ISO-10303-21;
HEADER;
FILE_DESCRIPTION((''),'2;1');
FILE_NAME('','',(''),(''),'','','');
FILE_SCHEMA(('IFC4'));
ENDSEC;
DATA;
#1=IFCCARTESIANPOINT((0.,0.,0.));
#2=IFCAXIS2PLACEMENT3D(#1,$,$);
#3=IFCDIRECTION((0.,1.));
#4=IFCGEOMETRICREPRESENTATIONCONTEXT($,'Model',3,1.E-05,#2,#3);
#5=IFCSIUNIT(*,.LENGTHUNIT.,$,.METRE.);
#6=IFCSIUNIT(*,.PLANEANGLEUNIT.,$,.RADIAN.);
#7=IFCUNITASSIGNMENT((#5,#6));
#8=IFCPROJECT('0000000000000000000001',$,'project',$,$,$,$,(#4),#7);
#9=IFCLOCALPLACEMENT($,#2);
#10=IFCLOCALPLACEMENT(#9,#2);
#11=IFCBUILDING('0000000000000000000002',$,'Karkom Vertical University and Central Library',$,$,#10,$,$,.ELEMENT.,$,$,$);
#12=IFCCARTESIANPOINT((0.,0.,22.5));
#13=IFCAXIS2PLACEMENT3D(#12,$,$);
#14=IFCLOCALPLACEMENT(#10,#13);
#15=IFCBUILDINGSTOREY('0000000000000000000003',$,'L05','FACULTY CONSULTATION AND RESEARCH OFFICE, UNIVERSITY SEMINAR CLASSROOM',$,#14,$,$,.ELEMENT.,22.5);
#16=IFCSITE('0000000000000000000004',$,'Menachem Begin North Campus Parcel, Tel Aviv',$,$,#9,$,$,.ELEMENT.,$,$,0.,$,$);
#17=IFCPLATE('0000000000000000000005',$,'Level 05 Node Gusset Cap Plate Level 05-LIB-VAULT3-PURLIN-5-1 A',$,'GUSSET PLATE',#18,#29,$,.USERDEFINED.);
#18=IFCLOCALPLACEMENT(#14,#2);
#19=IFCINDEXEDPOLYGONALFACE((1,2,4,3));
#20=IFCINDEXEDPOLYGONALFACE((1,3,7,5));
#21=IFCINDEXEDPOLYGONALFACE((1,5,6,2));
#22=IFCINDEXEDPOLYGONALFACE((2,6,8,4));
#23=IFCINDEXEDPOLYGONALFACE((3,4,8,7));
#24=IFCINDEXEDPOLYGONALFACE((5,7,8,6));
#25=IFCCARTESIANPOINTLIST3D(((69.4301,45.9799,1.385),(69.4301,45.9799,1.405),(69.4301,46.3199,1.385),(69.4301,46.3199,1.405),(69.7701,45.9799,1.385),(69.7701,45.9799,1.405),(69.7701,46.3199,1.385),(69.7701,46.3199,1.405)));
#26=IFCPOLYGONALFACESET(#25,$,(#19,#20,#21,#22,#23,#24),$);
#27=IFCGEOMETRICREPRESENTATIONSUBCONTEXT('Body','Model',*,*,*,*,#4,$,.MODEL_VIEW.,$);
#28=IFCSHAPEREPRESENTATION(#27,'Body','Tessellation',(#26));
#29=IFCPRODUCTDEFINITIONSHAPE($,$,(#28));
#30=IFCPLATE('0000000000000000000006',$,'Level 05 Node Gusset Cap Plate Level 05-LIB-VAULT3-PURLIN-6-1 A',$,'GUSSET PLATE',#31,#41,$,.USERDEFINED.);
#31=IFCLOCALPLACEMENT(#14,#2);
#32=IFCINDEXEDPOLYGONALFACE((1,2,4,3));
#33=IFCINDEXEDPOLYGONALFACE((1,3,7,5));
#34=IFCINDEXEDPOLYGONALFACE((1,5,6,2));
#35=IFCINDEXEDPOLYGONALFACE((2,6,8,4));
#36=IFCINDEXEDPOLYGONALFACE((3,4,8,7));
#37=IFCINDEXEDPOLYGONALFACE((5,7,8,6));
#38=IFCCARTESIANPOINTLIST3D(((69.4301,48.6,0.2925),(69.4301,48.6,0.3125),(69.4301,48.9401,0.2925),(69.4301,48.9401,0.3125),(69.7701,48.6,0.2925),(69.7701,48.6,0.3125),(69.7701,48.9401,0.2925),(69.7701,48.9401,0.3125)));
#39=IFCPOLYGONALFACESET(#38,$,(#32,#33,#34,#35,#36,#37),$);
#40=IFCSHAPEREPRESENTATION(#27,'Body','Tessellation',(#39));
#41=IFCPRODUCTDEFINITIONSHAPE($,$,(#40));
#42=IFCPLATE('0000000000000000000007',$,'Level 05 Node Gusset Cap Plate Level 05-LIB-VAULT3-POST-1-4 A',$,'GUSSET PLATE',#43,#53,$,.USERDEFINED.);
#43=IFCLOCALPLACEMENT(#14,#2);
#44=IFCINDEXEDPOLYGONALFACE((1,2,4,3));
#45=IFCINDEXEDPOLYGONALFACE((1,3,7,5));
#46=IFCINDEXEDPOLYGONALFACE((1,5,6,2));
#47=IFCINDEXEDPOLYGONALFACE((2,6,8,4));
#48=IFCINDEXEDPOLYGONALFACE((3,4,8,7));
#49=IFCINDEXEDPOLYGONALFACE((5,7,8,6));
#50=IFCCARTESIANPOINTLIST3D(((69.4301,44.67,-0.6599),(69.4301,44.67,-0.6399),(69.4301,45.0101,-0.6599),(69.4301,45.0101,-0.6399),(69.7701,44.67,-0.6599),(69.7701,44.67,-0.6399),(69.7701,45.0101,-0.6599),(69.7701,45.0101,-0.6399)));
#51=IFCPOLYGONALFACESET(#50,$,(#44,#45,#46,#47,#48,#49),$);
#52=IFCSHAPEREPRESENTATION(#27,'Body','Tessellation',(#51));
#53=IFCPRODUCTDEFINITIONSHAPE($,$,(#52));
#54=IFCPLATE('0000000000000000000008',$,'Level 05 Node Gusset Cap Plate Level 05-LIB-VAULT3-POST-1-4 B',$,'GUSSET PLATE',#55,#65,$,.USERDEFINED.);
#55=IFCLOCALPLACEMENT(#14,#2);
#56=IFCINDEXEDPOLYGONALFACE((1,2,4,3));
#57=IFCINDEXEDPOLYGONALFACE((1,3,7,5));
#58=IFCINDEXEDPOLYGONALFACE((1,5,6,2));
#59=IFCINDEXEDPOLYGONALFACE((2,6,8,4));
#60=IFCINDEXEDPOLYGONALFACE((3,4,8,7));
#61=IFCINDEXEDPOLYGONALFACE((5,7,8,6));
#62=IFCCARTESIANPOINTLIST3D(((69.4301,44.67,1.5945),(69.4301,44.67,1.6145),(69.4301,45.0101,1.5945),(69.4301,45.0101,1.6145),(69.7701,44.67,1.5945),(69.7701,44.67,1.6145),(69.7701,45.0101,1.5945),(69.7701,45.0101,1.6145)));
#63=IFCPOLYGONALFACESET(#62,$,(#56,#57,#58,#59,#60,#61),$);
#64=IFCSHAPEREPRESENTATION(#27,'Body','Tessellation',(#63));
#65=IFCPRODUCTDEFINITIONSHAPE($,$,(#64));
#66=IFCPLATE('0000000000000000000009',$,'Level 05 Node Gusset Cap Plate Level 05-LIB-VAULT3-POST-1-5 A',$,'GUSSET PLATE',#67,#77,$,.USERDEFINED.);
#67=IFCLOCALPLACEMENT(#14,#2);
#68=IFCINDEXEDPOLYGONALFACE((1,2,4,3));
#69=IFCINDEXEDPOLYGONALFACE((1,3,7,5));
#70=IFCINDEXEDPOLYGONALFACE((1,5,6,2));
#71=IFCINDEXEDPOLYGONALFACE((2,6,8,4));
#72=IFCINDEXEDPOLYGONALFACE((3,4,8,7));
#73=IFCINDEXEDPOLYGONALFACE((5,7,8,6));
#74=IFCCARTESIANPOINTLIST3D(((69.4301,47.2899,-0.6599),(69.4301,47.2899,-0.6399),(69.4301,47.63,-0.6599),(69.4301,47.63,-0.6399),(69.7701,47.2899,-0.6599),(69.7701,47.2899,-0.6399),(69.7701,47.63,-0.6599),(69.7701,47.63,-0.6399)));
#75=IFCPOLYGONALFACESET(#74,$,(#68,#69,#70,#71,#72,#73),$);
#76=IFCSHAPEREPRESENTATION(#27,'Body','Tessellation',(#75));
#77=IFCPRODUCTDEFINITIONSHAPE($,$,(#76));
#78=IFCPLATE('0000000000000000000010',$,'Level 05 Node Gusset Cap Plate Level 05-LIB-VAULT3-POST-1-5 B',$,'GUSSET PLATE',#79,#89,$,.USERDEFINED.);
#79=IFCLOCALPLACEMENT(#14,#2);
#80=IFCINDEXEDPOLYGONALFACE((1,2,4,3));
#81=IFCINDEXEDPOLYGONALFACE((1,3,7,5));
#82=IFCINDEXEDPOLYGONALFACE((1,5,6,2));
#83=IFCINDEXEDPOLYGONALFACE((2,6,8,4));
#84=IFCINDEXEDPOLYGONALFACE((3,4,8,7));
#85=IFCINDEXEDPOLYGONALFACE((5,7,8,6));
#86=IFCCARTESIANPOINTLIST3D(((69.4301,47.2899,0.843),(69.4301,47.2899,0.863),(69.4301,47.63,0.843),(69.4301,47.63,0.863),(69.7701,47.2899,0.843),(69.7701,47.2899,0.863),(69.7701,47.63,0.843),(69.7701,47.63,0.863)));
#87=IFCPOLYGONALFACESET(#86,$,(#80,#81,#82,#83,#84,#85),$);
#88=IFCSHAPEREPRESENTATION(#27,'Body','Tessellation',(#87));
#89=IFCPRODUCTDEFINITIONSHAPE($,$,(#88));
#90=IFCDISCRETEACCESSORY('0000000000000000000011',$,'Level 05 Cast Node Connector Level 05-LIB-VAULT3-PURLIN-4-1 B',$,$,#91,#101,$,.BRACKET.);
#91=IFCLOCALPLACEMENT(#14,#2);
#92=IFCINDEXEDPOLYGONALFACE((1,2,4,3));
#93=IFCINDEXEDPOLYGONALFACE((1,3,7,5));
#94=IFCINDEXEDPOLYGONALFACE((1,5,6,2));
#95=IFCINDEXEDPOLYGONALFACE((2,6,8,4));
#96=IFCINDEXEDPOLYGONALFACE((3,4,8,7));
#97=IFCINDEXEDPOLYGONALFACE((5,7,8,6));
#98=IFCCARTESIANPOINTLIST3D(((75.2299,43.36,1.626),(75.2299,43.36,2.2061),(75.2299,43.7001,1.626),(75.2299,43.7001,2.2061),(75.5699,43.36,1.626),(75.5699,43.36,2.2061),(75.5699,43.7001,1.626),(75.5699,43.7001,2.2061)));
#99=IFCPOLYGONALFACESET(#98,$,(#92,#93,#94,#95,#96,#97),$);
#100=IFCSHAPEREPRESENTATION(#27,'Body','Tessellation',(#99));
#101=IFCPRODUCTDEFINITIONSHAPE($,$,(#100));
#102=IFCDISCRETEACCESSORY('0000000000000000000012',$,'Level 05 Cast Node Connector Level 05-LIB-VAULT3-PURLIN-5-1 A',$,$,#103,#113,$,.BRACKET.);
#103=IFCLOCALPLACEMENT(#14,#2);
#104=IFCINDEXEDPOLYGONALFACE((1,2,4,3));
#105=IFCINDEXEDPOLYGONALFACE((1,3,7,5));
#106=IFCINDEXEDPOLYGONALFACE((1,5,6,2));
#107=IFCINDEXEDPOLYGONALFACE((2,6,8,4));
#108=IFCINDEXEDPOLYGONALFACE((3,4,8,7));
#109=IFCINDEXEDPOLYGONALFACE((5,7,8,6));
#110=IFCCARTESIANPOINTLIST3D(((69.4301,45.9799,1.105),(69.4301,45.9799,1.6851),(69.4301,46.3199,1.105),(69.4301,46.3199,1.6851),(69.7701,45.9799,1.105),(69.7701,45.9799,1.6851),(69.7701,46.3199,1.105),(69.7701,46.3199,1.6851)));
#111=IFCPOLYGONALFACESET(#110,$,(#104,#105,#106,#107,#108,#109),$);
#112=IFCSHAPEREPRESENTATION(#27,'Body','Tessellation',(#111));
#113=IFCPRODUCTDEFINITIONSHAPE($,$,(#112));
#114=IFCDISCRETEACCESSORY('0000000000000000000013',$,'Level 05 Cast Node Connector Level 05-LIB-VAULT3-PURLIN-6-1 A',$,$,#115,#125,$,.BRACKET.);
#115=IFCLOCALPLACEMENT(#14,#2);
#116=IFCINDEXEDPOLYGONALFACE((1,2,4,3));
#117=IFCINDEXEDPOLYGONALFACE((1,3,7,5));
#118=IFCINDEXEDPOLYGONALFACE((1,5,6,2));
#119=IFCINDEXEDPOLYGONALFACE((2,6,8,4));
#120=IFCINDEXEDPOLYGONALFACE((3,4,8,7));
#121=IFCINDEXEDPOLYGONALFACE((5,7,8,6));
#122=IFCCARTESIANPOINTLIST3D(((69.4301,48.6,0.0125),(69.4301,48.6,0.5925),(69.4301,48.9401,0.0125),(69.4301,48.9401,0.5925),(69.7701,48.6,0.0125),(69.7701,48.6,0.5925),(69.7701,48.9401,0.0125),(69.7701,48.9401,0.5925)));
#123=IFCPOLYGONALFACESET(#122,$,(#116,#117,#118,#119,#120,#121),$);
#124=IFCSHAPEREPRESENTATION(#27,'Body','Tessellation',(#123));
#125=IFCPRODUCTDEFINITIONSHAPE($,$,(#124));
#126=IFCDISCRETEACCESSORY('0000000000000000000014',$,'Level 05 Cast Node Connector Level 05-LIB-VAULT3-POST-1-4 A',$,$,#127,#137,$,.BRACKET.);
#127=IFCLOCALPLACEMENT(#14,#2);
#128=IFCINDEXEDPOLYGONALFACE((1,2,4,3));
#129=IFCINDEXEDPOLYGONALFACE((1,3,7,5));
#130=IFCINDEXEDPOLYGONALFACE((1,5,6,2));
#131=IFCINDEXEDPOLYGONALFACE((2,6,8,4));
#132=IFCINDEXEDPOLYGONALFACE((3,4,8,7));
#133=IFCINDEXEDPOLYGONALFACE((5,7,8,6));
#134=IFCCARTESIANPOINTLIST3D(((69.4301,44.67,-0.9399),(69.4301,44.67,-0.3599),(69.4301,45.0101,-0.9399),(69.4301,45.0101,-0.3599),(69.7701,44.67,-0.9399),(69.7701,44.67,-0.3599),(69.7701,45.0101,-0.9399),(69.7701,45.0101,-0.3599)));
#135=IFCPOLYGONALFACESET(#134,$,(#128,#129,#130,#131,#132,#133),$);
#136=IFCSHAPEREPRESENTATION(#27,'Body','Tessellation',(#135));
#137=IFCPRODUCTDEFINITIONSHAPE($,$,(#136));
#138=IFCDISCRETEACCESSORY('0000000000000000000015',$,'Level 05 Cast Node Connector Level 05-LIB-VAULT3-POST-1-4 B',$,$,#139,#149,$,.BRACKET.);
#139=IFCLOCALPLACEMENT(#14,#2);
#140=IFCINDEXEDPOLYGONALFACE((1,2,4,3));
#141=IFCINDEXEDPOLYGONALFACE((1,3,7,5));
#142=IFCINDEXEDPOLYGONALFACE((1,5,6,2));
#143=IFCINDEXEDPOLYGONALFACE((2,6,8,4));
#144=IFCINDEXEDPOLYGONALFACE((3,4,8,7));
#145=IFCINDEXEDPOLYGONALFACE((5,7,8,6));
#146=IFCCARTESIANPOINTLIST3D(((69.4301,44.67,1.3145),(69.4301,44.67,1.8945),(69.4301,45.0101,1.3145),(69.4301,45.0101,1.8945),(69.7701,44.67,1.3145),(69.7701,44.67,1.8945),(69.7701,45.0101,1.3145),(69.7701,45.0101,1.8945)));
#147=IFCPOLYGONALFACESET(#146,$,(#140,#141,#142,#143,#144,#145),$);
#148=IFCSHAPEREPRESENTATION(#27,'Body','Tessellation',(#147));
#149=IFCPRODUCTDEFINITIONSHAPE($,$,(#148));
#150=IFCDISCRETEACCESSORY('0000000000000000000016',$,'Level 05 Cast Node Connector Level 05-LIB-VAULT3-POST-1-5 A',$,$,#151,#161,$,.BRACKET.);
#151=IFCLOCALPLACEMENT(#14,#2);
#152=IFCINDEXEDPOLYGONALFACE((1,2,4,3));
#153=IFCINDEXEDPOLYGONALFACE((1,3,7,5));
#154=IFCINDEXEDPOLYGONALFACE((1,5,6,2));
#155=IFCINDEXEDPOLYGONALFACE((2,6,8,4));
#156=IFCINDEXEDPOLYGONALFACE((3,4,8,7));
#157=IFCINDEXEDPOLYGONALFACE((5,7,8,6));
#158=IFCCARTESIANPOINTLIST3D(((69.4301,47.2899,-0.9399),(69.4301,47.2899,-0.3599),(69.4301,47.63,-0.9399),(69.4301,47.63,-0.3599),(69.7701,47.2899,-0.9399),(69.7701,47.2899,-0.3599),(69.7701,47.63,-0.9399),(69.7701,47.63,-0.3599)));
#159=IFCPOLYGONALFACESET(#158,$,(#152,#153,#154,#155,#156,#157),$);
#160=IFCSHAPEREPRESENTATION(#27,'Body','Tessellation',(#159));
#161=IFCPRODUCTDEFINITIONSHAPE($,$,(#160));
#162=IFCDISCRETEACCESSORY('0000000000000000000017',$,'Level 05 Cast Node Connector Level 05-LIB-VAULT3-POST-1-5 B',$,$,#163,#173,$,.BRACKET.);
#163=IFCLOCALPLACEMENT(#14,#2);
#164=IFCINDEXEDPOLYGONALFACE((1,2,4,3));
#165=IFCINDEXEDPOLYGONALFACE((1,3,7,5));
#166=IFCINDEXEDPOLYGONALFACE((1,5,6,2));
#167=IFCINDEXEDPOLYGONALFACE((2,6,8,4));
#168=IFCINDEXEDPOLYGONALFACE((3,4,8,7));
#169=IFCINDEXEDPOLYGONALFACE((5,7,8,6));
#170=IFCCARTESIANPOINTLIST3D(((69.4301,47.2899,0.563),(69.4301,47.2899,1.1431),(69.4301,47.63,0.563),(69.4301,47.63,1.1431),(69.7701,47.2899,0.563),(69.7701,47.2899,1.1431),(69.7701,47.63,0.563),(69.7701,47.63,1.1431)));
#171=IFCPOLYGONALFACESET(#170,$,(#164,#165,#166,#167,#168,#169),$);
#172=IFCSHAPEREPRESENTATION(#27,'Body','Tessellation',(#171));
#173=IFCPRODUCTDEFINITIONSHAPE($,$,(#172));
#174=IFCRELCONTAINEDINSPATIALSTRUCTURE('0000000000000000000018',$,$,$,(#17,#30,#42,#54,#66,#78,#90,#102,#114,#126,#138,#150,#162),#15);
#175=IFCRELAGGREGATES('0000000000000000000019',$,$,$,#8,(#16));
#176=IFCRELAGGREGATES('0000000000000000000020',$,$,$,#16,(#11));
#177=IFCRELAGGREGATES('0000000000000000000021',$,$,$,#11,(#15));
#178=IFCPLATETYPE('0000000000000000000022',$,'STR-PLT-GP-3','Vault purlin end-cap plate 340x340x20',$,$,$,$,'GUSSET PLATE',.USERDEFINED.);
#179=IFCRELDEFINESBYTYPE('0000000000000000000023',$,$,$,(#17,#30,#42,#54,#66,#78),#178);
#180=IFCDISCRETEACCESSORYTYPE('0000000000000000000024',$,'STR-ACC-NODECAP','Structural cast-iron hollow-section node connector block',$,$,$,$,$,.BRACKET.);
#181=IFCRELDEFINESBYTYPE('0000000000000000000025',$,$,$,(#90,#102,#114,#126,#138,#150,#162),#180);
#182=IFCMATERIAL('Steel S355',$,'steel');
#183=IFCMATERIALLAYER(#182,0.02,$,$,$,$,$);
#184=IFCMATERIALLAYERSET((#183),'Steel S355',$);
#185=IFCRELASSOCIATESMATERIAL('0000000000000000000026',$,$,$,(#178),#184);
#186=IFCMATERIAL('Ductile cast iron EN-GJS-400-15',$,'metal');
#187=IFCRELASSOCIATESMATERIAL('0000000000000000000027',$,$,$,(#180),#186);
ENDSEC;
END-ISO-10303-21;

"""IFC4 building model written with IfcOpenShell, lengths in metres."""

from ifc_helpers import new_model, si_unit, direction, frame, origin, origin_with_axes, origin_2d, place, context, subcontext, project, spatial, rectangle, extrude, source, transform, mapped, material, layer, layer_set, type_object, element, save


model = new_model("IFC4")

# Units and contexts
model_context = context("Model", 3, precision=1e-05, world=origin(), true_north=direction((0.0, 1.0)))
body_context = subcontext(model_context, "Body", "Model", "MODEL_VIEW")
ifc_project = project(units=[si_unit("LENGTHUNIT", "METRE"), si_unit("PLANEANGLEUNIT", "RADIAN")], contexts=[model_context])

# Site, building, storey
site_placement = place(None, origin())
site = spatial("IfcSite", under=ifc_project, at=site_placement, Name="Menachem Begin North Campus Parcel, Tel Aviv", CompositionType="ELEMENT", RefElevation=0.0)
building_placement = place(site_placement, origin())
building = spatial("IfcBuilding", under=site, at=building_placement, Name="Karkom Vertical University and Central Library", CompositionType="ELEMENT")
storey_placement = place(building_placement, frame((0.0, 0.0, 22.5)))
storey = spatial("IfcBuildingStorey", under=building, at=storey_placement, Name="L05", Description="FACULTY CONSULTATION AND RESEARCH OFFICE, UNIVERSITY SEMINAR CLASSROOM", CompositionType="ELEMENT", Elevation=22.5)

# Shared definitions
ifc_material_1 = material(Name="Steel S355", Category="steel")

# Plates
ifc_layer = layer(ifc_material_1, 0.02)
ifc_layer_set = layer_set([ifc_layer], Name="Steel S355")
plate_type = type_object("IfcPlateType", Name="STR-PLT-GP-3", Description="Vault purlin end-cap plate 340x340x20", ElementType="GUSSET PLATE", PredefinedType="USERDEFINED", material=ifc_layer_set)
shared_shape_1 = source(origin_with_axes(), body_context, "Body", "SweptSolid", [
    extrude(rectangle(XDim=0.3401, YDim=0.3401, at=origin_2d()), origin(), (0.0, 0.0, 1.0), 0.02),
])
for number, where, z_axis, x_axis, name in (
    (1, (69.6001, 46.1499, 1.385), (0.0, 0.0, 1.0), (1.0, 0.0, 0.0), "Level 05 Node Gusset Cap Plate Level 05-LIB-VAULT3-PURLIN-5-1 A"),
    (2, (69.6001, 48.77, 0.2925), (0.0, 0.0, 1.0), (1.0, 0.0, 0.0), "Level 05 Node Gusset Cap Plate Level 05-LIB-VAULT3-PURLIN-6-1 A"),
    (3, (69.6001, 44.8401, -0.6599), (0.0, 0.0, 1.0), (1.0, 0.0, 0.0), "Level 05 Node Gusset Cap Plate Level 05-LIB-VAULT3-POST-1-4 A"),
    (4, (69.6001, 44.8401, 1.5945), (0.0, 0.0, 1.0), (1.0, 0.0, 0.0), "Level 05 Node Gusset Cap Plate Level 05-LIB-VAULT3-POST-1-4 B"),
    (5, (69.6001, 47.46, -0.6599), (0.0, 0.0, 1.0), (1.0, 0.0, 0.0), "Level 05 Node Gusset Cap Plate Level 05-LIB-VAULT3-POST-1-5 A"),
    (6, (69.6001, 47.46, 0.843), (0.0, 0.0, 1.0), (1.0, 0.0, 0.0), "Level 05 Node Gusset Cap Plate Level 05-LIB-VAULT3-POST-1-5 B"),
):
    element("IfcPlate", number, at=place(storey_placement, frame(where, z_axis=z_axis, x_axis=x_axis)), inside=storey, type_object=plate_type, Name=name, ObjectType="GUSSET PLATE", PredefinedType="USERDEFINED", context=body_context, shape_type="MappedRepresentation", body=[
        mapped(shared_shape_1, transform((0.0, 0.0, 0.0), scale=1.0)),
    ])

# Discrete accessories
ifc_material_2 = material(Name="Ductile cast iron EN-GJS-400-15", Category="metal")
discrete_accessory_type = type_object("IfcDiscreteAccessoryType", Name="STR-ACC-NODECAP", Description="Structural cast-iron hollow-section node connector block", PredefinedType="BRACKET", material=ifc_material_2)
shared_shape_2 = source(origin_with_axes(), body_context, "Body", "SweptSolid", [
    extrude(rectangle(XDim=0.3401, YDim=0.3401, at=origin_2d()), origin(), (0.0, 0.0, 1.0), 0.5801),
])
for number, where, z_axis, x_axis, name in (
    (7, (75.3999, 43.53, 1.626), (0.0, 0.0, 1.0), (1.0, 0.0, 0.0), "Level 05 Cast Node Connector Level 05-LIB-VAULT3-PURLIN-4-1 B"),
    (8, (69.6001, 46.1499, 1.105), (0.0, 0.0, 1.0), (1.0, 0.0, 0.0), "Level 05 Cast Node Connector Level 05-LIB-VAULT3-PURLIN-5-1 A"),
    (9, (69.6001, 48.77, 0.0125), (0.0, 0.0, 1.0), (1.0, 0.0, 0.0), "Level 05 Cast Node Connector Level 05-LIB-VAULT3-PURLIN-6-1 A"),
    (10, (69.6001, 44.8401, -0.9399), (0.0, 0.0, 1.0), (1.0, 0.0, 0.0), "Level 05 Cast Node Connector Level 05-LIB-VAULT3-POST-1-4 A"),
    (11, (69.6001, 44.8401, 1.3145), (0.0, 0.0, 1.0), (1.0, 0.0, 0.0), "Level 05 Cast Node Connector Level 05-LIB-VAULT3-POST-1-4 B"),
    (12, (69.6001, 47.46, -0.9399), (0.0, 0.0, 1.0), (1.0, 0.0, 0.0), "Level 05 Cast Node Connector Level 05-LIB-VAULT3-POST-1-5 A"),
    (13, (69.6001, 47.46, 0.563), (0.0, 0.0, 1.0), (1.0, 0.0, 0.0), "Level 05 Cast Node Connector Level 05-LIB-VAULT3-POST-1-5 B"),
):
    element("IfcDiscreteAccessory", number, at=place(storey_placement, frame(where, z_axis=z_axis, x_axis=x_axis)), inside=storey, type_object=discrete_accessory_type, Name=name, PredefinedType="BRACKET", context=body_context, shape_type="MappedRepresentation", body=[
        mapped(shared_shape_2, transform((0.0, 0.0, 0.0), scale=1.0)),
    ])

save(model, "model.ifc")
